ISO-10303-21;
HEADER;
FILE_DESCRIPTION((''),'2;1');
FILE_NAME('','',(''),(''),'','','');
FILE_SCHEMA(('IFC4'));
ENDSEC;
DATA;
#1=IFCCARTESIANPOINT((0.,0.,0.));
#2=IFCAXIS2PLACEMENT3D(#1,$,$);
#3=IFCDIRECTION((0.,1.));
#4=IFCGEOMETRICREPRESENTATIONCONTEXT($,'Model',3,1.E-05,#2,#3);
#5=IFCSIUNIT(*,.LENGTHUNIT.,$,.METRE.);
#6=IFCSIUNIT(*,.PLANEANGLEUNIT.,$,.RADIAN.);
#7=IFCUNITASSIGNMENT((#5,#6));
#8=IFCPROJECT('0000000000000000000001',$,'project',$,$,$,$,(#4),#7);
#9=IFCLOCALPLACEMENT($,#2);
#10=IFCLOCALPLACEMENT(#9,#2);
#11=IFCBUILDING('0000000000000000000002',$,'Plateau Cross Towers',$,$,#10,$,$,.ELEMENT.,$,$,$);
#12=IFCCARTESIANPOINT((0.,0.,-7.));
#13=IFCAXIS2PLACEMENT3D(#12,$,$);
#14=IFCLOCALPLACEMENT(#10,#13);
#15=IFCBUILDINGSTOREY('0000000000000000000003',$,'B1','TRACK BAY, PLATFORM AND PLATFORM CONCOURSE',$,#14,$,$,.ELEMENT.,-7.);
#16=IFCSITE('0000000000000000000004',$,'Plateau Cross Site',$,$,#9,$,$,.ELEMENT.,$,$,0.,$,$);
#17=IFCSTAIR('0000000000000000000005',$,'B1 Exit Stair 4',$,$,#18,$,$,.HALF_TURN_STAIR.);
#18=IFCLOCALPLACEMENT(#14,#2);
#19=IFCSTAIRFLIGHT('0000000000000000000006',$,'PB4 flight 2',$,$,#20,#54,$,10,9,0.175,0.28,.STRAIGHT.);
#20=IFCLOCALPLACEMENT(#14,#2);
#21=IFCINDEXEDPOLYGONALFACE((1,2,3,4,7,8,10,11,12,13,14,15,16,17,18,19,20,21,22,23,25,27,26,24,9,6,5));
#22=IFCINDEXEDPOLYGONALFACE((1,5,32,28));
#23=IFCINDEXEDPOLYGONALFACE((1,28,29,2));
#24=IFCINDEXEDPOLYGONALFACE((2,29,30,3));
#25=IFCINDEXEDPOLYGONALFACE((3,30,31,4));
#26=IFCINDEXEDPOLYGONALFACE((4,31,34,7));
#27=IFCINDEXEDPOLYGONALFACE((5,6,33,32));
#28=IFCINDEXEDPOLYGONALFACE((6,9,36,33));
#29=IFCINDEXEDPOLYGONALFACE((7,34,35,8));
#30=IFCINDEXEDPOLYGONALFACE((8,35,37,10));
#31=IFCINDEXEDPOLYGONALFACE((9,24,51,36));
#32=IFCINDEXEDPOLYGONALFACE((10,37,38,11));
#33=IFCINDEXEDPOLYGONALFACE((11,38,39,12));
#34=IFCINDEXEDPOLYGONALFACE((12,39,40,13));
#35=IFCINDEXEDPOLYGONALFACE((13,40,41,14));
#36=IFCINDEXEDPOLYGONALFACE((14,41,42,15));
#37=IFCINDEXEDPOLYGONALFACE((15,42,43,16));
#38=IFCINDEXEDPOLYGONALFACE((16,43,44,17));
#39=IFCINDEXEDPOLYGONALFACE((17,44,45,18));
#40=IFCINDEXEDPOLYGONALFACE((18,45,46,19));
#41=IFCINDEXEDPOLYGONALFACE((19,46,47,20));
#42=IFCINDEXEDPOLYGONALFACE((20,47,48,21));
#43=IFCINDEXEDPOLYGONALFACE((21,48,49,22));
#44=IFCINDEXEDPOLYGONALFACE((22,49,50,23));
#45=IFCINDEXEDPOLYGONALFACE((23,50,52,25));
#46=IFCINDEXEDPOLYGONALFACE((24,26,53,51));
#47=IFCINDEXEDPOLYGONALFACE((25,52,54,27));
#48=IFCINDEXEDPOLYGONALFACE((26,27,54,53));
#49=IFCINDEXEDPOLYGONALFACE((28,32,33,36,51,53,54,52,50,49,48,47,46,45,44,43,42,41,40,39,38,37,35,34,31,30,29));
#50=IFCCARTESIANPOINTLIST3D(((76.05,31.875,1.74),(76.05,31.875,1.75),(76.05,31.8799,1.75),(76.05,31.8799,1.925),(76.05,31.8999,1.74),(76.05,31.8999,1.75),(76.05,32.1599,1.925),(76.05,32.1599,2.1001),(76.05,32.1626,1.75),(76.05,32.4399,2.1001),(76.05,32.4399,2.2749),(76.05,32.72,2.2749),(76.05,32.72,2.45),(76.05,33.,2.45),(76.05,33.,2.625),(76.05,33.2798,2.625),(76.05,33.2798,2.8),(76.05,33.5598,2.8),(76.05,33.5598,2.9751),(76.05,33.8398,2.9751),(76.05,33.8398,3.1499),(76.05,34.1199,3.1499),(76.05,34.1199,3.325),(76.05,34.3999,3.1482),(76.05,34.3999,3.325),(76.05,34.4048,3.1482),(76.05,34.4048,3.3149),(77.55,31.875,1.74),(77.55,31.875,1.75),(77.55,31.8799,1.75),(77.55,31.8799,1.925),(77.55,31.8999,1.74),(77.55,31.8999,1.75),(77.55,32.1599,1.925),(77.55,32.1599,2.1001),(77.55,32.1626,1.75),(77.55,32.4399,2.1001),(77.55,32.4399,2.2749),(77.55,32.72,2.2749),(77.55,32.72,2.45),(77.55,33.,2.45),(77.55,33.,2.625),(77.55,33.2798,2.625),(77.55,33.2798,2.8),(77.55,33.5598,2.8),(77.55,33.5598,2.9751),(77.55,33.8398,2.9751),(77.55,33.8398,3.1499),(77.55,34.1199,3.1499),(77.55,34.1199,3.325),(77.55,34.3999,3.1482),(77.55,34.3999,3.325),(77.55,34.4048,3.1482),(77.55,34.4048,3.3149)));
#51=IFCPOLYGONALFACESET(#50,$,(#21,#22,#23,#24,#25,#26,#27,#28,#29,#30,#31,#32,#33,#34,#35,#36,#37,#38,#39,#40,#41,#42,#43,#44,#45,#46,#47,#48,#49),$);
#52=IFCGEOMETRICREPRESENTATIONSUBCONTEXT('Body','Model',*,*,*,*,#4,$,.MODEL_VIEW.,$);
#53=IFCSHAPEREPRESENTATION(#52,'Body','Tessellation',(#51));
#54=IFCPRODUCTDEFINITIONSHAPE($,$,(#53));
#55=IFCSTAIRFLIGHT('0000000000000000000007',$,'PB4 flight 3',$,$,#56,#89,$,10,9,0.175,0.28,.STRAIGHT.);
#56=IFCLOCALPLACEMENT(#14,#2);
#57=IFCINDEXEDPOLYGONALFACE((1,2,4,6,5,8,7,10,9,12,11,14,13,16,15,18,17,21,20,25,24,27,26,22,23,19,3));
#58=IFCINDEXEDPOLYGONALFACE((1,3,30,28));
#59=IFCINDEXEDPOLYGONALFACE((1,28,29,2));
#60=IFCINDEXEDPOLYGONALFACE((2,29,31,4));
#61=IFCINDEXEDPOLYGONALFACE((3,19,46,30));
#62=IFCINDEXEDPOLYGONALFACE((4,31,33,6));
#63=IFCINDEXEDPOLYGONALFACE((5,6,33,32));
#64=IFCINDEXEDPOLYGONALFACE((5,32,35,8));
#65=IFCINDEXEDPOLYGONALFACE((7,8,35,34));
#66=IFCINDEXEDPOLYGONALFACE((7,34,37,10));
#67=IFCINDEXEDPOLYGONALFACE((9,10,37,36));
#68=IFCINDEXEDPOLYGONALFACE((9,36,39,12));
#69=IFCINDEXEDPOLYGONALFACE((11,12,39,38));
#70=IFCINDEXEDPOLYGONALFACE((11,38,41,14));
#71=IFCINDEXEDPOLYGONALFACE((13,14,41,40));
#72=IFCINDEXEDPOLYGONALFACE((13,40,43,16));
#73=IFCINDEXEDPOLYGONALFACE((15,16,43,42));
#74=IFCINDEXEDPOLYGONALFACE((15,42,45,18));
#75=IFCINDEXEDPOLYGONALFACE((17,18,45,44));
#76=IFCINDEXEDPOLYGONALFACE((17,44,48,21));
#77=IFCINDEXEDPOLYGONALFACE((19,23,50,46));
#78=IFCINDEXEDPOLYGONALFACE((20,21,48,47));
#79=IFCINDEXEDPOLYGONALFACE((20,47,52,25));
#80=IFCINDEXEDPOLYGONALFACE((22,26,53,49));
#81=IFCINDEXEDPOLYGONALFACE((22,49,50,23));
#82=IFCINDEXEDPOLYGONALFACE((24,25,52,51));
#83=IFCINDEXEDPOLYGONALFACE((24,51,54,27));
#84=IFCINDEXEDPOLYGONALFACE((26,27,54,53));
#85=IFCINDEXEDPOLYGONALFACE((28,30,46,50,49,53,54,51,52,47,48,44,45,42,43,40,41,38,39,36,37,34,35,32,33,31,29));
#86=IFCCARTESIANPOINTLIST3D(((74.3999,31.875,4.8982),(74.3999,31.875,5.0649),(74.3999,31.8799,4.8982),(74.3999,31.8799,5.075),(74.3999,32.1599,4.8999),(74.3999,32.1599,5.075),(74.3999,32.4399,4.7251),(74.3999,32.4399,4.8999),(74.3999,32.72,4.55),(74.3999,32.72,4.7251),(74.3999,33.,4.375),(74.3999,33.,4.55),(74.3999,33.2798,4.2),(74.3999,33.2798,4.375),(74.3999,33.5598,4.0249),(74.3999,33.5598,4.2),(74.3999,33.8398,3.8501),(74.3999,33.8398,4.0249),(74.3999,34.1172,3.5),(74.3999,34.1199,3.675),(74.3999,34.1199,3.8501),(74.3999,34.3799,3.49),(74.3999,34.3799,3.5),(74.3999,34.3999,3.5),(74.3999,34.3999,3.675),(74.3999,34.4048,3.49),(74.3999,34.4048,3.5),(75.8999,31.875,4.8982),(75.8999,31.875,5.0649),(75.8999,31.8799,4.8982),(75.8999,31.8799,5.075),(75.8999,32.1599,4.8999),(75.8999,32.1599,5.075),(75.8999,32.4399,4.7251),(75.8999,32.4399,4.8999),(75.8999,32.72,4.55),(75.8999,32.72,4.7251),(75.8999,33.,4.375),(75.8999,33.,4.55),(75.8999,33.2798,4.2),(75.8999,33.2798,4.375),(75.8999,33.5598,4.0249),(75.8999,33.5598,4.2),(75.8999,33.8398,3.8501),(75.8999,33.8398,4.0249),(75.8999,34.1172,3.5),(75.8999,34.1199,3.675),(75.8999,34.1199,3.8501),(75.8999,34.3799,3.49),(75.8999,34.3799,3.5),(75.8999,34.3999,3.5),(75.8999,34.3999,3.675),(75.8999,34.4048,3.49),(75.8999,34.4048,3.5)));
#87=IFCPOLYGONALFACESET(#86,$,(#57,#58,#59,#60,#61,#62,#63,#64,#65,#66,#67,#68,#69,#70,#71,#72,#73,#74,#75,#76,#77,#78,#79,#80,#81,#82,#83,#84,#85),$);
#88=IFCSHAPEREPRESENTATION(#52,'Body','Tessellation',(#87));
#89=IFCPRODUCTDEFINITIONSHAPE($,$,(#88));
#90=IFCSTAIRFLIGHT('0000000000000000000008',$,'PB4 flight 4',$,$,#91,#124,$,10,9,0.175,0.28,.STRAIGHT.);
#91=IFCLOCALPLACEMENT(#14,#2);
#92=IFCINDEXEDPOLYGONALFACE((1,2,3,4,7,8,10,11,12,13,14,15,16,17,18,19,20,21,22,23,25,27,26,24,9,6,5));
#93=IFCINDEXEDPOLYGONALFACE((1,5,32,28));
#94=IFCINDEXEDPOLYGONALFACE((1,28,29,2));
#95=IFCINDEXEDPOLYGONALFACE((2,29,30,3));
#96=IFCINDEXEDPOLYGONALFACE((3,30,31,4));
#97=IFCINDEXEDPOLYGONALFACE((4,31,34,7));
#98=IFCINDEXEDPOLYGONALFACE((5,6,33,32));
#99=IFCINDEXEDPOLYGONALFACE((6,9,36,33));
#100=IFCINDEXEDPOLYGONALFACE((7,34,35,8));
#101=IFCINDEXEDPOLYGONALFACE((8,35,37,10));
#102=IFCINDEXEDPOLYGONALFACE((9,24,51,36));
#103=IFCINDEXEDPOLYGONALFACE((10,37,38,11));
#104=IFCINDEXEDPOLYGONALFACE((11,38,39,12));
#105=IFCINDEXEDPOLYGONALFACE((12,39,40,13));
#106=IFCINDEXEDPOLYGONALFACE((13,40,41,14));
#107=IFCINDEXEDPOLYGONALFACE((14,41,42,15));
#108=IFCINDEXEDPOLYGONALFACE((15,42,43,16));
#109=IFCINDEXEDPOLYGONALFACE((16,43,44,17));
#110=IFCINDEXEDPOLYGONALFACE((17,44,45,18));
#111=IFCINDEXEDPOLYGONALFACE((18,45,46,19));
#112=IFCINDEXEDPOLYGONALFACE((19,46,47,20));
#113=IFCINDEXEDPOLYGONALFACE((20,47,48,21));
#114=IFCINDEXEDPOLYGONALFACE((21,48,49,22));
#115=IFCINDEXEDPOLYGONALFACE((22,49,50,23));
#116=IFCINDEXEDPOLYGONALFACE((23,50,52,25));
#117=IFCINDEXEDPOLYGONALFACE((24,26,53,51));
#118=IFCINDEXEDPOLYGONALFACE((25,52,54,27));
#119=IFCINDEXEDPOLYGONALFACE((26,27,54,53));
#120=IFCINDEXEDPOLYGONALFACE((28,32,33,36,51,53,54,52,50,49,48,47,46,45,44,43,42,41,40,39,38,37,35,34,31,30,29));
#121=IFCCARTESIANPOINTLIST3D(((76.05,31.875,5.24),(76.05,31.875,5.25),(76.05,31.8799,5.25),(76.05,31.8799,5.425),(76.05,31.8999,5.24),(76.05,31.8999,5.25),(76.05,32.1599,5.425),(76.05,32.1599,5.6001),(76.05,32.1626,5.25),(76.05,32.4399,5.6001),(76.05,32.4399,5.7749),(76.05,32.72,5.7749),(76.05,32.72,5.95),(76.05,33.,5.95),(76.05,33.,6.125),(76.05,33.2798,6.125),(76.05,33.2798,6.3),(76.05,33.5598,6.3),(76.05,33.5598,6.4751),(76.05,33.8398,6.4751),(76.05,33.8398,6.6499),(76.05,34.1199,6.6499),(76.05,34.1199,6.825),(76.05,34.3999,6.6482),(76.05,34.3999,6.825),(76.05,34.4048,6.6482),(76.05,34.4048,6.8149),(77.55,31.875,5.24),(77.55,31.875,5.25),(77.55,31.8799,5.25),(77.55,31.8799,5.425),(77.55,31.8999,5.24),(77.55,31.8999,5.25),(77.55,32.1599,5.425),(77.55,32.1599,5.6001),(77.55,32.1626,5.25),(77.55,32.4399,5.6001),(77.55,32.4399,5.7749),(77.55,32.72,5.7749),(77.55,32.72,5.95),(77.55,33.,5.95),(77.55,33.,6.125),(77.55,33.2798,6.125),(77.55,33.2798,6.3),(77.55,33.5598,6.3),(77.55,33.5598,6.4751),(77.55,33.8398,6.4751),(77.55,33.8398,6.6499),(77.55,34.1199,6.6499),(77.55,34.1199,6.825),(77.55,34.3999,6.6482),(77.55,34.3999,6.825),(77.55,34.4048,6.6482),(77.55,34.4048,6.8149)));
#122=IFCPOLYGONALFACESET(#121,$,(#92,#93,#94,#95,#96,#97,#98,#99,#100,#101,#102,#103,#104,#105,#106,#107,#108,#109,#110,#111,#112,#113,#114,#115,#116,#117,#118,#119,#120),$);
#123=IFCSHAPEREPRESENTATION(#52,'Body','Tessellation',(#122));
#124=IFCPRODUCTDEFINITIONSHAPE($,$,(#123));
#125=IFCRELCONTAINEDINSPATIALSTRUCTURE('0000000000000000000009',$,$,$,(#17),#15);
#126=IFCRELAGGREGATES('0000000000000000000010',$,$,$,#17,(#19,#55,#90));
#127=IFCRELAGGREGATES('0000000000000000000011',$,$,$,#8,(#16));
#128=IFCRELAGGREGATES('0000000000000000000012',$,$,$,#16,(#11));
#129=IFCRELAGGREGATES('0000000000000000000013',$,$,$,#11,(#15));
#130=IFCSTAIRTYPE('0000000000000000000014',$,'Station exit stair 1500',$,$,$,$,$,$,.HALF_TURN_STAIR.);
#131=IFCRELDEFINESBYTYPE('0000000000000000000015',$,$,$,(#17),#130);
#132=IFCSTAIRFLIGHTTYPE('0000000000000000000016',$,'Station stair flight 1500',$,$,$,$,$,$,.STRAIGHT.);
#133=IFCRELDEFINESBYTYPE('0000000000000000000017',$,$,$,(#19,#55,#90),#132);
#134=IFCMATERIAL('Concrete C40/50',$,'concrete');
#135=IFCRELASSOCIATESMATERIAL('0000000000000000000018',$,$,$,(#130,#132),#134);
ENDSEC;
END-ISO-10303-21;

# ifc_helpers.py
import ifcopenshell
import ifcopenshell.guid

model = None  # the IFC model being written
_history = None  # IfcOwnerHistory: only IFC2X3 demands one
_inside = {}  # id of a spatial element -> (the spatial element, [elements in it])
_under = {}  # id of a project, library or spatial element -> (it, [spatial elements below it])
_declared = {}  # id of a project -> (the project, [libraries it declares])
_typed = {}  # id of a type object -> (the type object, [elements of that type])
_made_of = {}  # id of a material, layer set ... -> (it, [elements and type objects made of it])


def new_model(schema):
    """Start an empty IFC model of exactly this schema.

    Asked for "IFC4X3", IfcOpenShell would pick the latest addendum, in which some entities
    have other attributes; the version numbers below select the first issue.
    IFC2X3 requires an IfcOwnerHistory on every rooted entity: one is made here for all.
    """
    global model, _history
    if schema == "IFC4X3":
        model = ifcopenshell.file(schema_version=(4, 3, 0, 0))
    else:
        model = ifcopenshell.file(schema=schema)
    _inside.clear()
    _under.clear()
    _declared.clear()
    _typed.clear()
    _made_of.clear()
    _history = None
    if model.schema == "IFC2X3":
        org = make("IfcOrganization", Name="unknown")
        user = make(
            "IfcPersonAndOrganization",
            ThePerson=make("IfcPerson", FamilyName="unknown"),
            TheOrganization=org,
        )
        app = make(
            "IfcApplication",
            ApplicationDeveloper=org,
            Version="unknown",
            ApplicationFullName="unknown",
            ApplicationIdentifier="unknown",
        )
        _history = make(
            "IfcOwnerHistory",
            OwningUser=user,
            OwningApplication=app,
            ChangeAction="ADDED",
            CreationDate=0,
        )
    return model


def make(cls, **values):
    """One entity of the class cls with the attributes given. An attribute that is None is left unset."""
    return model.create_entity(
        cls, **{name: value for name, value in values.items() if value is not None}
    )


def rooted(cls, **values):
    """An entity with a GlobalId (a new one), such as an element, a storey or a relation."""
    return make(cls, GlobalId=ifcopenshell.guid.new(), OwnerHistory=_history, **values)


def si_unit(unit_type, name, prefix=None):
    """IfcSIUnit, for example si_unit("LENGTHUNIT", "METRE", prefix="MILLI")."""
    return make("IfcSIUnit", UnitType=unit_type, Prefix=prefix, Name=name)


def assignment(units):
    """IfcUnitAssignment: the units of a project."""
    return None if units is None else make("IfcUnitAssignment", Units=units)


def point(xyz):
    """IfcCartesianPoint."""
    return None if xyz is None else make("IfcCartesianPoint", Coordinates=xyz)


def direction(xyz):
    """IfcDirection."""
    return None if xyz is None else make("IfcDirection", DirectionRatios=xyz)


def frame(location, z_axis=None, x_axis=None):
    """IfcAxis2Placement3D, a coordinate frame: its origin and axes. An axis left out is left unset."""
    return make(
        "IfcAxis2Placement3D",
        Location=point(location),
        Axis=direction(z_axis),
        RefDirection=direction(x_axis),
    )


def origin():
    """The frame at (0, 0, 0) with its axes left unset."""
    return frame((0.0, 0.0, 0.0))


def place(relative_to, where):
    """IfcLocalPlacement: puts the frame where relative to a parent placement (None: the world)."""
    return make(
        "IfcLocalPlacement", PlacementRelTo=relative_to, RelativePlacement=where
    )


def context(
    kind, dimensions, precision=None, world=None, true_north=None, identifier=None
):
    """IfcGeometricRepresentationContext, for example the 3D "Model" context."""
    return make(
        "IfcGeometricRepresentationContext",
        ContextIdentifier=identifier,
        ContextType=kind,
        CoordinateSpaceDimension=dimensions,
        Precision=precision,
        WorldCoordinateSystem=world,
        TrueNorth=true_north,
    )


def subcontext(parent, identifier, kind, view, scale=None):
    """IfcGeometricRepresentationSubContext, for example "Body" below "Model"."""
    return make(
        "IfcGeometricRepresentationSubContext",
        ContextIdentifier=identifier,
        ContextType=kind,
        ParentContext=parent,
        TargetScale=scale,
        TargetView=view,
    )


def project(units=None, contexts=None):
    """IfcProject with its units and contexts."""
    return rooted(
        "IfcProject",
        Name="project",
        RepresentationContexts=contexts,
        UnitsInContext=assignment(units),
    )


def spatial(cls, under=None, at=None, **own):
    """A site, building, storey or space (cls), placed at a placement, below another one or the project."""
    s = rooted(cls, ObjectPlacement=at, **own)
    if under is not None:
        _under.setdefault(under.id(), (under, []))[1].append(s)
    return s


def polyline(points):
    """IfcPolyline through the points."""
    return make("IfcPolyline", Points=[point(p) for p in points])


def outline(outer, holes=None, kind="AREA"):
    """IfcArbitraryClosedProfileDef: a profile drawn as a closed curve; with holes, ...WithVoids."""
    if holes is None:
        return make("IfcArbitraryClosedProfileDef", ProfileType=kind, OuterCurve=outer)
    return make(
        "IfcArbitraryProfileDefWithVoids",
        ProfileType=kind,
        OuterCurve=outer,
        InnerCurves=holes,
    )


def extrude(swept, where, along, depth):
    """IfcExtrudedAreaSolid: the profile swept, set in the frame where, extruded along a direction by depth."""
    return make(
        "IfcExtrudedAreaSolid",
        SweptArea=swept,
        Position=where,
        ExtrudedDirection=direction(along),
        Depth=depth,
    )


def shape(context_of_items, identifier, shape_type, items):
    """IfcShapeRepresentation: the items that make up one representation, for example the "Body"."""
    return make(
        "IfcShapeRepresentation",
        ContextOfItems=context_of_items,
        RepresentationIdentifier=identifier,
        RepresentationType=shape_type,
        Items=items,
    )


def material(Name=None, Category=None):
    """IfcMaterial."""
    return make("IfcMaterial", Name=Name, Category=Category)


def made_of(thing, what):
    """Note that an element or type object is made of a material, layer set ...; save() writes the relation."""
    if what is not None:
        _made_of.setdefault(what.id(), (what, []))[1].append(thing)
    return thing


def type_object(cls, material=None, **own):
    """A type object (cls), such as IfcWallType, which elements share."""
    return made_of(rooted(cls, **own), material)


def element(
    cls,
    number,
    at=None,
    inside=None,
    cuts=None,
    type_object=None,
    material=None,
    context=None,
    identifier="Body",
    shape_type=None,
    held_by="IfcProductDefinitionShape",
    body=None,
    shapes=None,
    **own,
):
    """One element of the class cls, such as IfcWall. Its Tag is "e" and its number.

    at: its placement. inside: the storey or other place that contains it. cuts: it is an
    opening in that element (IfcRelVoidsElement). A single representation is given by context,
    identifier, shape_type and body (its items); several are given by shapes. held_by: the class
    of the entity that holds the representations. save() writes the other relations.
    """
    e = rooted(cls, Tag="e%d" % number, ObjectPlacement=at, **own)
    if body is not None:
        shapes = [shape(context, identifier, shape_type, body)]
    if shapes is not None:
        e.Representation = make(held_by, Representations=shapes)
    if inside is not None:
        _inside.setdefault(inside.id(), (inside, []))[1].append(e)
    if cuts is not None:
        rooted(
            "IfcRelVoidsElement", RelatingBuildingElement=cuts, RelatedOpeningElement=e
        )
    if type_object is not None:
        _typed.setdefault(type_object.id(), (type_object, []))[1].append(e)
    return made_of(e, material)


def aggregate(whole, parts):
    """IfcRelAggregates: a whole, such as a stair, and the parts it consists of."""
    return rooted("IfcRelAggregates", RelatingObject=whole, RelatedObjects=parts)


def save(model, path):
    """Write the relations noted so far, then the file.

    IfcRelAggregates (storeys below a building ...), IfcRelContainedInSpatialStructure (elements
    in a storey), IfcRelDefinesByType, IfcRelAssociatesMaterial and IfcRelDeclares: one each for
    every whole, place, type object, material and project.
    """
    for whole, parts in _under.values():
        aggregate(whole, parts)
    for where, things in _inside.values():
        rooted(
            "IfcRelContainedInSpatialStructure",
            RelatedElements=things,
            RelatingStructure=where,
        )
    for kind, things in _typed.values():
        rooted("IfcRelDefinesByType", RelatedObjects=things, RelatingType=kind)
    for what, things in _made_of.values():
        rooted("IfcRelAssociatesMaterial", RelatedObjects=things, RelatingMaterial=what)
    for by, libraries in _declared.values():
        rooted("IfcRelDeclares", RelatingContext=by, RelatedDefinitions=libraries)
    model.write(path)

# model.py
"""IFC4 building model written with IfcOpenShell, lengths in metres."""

from ifc_helpers import new_model, si_unit, direction, frame, origin, place, context, subcontext, project, spatial, polyline, outline, extrude, material, type_object, element, aggregate, save


model = new_model("IFC4")

# Units and contexts
model_context = context("Model", 3, precision=1e-05, world=origin(), true_north=direction((0.0, 1.0)))
body_context = subcontext(model_context, "Body", "Model", "MODEL_VIEW")
ifc_project = project(units=[si_unit("LENGTHUNIT", "METRE"), si_unit("PLANEANGLEUNIT", "RADIAN")], contexts=[model_context])

# Site, building, storey
site_placement = place(None, origin())
site = spatial("IfcSite", under=ifc_project, at=site_placement, Name="Plateau Cross Site", CompositionType="ELEMENT", RefElevation=0.0)
building_placement = place(site_placement, origin())
building = spatial("IfcBuilding", under=site, at=building_placement, Name="Plateau Cross Towers", CompositionType="ELEMENT")
storey_placement = place(building_placement, frame((0.0, 0.0, -7.0)))
storey = spatial("IfcBuildingStorey", under=building, at=storey_placement, Name="B1", Description="TRACK BAY, PLATFORM AND PLATFORM CONCOURSE", CompositionType="ELEMENT", Elevation=-7.0)

# Shared definitions
ifc_material_1 = material(Name="Concrete C40/50", Category="concrete")

# Stair, stair flights
stair_type = type_object("IfcStairType", Name="Station exit stair 1500", PredefinedType="HALF_TURN_STAIR", material=ifc_material_1)
stair_placement = place(storey_placement, origin())
stair = element("IfcStair", 1, at=stair_placement, inside=storey, type_object=stair_type, Name="B1 Exit Stair 4", PredefinedType="HALF_TURN_STAIR")
stair_flight_type = type_object("IfcStairFlightType", Name="Station stair flight 1500", PredefinedType="STRAIGHT", material=ifc_material_1)
stair_flight_1_placement = place(storey_placement, frame((76.8, 31.8799, 1.75), z_axis=(0.0, 0.0, 1.0), x_axis=(0.0, 1.0, 0.0)))
stair_flight_1 = element("IfcStairFlight", 2, at=stair_flight_1_placement, type_object=stair_flight_type, Name="PB4 flight 2", NumberOfRisers=10, NumberOfTreads=9, PredefinedType="STRAIGHT", RiserHeight=0.175, TreadLength=0.28, context=body_context, shape_type="SweptSolid", body=[
    extrude(outline(polyline([(-0.0049, -0.01), (-0.0049, 0.0), (0.0, 0.0), (0.0, 0.175), (0.28, 0.175), (0.28, 0.3501), (0.5601, 0.3501), (0.5601, 0.5249), (0.8401, 0.5249), (0.8401, 0.7), (1.1201, 0.7), (1.1201, 0.875), (1.3999, 0.875), (1.3999, 1.05), (1.6799, 1.05), (1.6799, 1.2251), (1.96, 1.2251), (1.96, 1.3999), (2.24, 1.3999), (2.24, 1.575), (2.52, 1.575), (2.5249, 1.5649), (2.5249, 1.3982), (2.52, 1.3982), (0.2827, 0.0), (0.02, 0.0), (0.02, -0.01), (-0.0049, -0.01)])), frame((0.0, 0.75, 0.0), z_axis=(0.0, -1.0, 0.0), x_axis=(1.0, 0.0, 0.0)), (0.0, 0.0, 1.0), 1.5),
])
stair_flight_2_placement = place(storey_placement, frame((75.1499, 34.3999, 3.5), z_axis=(0.0, 0.0, 1.0), x_axis=(0.0, -1.0, 0.0)))
stair_flight_2 = element("IfcStairFlight", 3, at=stair_flight_2_placement, type_object=stair_flight_type, Name="PB4 flight 3", NumberOfRisers=10, NumberOfTreads=9, PredefinedType="STRAIGHT", RiserHeight=0.175, TreadLength=0.28, context=body_context, shape_type="SweptSolid", body=[
    extrude(outline(polyline([(-0.0049, -0.01), (-0.0049, 0.0), (0.0, 0.0), (0.0, 0.175), (0.28, 0.175), (0.28, 0.3501), (0.5601, 0.3501), (0.5601, 0.5249), (0.8401, 0.5249), (0.8401, 0.7), (1.1201, 0.7), (1.1201, 0.875), (1.3999, 0.875), (1.3999, 1.05), (1.6799, 1.05), (1.6799, 1.2251), (1.96, 1.2251), (1.96, 1.3999), (2.24, 1.3999), (2.24, 1.575), (2.52, 1.575), (2.5249, 1.5649), (2.5249, 1.3982), (2.52, 1.3982), (0.2827, 0.0), (0.02, 0.0), (0.02, -0.01), (-0.0049, -0.01)])), frame((0.0, 0.75, 0.0), z_axis=(0.0, -1.0, 0.0), x_axis=(1.0, 0.0, 0.0)), (0.0, 0.0, 1.0), 1.5),
])
stair_flight_3_placement = place(storey_placement, frame((76.8, 31.8799, 5.25), z_axis=(0.0, 0.0, 1.0), x_axis=(0.0, 1.0, 0.0)))
stair_flight_3 = element("IfcStairFlight", 4, at=stair_flight_3_placement, type_object=stair_flight_type, Name="PB4 flight 4", NumberOfRisers=10, NumberOfTreads=9, PredefinedType="STRAIGHT", RiserHeight=0.175, TreadLength=0.28, context=body_context, shape_type="SweptSolid", body=[
    extrude(outline(polyline([(-0.0049, -0.01), (-0.0049, 0.0), (0.0, 0.0), (0.0, 0.175), (0.28, 0.175), (0.28, 0.3501), (0.5601, 0.3501), (0.5601, 0.5249), (0.8401, 0.5249), (0.8401, 0.7), (1.1201, 0.7), (1.1201, 0.875), (1.3999, 0.875), (1.3999, 1.05), (1.6799, 1.05), (1.6799, 1.2251), (1.96, 1.2251), (1.96, 1.3999), (2.24, 1.3999), (2.24, 1.575), (2.52, 1.575), (2.5249, 1.5649), (2.5249, 1.3982), (2.52, 1.3982), (0.2827, 0.0), (0.02, 0.0), (0.02, -0.01), (-0.0049, -0.01)])), frame((0.0, 0.75, 0.0), z_axis=(0.0, -1.0, 0.0), x_axis=(1.0, 0.0, 0.0)), (0.0, 0.0, 1.0), 1.5),
])
aggregate(stair, [stair_flight_1, stair_flight_2, stair_flight_3])

save(model, "model.ifc")
